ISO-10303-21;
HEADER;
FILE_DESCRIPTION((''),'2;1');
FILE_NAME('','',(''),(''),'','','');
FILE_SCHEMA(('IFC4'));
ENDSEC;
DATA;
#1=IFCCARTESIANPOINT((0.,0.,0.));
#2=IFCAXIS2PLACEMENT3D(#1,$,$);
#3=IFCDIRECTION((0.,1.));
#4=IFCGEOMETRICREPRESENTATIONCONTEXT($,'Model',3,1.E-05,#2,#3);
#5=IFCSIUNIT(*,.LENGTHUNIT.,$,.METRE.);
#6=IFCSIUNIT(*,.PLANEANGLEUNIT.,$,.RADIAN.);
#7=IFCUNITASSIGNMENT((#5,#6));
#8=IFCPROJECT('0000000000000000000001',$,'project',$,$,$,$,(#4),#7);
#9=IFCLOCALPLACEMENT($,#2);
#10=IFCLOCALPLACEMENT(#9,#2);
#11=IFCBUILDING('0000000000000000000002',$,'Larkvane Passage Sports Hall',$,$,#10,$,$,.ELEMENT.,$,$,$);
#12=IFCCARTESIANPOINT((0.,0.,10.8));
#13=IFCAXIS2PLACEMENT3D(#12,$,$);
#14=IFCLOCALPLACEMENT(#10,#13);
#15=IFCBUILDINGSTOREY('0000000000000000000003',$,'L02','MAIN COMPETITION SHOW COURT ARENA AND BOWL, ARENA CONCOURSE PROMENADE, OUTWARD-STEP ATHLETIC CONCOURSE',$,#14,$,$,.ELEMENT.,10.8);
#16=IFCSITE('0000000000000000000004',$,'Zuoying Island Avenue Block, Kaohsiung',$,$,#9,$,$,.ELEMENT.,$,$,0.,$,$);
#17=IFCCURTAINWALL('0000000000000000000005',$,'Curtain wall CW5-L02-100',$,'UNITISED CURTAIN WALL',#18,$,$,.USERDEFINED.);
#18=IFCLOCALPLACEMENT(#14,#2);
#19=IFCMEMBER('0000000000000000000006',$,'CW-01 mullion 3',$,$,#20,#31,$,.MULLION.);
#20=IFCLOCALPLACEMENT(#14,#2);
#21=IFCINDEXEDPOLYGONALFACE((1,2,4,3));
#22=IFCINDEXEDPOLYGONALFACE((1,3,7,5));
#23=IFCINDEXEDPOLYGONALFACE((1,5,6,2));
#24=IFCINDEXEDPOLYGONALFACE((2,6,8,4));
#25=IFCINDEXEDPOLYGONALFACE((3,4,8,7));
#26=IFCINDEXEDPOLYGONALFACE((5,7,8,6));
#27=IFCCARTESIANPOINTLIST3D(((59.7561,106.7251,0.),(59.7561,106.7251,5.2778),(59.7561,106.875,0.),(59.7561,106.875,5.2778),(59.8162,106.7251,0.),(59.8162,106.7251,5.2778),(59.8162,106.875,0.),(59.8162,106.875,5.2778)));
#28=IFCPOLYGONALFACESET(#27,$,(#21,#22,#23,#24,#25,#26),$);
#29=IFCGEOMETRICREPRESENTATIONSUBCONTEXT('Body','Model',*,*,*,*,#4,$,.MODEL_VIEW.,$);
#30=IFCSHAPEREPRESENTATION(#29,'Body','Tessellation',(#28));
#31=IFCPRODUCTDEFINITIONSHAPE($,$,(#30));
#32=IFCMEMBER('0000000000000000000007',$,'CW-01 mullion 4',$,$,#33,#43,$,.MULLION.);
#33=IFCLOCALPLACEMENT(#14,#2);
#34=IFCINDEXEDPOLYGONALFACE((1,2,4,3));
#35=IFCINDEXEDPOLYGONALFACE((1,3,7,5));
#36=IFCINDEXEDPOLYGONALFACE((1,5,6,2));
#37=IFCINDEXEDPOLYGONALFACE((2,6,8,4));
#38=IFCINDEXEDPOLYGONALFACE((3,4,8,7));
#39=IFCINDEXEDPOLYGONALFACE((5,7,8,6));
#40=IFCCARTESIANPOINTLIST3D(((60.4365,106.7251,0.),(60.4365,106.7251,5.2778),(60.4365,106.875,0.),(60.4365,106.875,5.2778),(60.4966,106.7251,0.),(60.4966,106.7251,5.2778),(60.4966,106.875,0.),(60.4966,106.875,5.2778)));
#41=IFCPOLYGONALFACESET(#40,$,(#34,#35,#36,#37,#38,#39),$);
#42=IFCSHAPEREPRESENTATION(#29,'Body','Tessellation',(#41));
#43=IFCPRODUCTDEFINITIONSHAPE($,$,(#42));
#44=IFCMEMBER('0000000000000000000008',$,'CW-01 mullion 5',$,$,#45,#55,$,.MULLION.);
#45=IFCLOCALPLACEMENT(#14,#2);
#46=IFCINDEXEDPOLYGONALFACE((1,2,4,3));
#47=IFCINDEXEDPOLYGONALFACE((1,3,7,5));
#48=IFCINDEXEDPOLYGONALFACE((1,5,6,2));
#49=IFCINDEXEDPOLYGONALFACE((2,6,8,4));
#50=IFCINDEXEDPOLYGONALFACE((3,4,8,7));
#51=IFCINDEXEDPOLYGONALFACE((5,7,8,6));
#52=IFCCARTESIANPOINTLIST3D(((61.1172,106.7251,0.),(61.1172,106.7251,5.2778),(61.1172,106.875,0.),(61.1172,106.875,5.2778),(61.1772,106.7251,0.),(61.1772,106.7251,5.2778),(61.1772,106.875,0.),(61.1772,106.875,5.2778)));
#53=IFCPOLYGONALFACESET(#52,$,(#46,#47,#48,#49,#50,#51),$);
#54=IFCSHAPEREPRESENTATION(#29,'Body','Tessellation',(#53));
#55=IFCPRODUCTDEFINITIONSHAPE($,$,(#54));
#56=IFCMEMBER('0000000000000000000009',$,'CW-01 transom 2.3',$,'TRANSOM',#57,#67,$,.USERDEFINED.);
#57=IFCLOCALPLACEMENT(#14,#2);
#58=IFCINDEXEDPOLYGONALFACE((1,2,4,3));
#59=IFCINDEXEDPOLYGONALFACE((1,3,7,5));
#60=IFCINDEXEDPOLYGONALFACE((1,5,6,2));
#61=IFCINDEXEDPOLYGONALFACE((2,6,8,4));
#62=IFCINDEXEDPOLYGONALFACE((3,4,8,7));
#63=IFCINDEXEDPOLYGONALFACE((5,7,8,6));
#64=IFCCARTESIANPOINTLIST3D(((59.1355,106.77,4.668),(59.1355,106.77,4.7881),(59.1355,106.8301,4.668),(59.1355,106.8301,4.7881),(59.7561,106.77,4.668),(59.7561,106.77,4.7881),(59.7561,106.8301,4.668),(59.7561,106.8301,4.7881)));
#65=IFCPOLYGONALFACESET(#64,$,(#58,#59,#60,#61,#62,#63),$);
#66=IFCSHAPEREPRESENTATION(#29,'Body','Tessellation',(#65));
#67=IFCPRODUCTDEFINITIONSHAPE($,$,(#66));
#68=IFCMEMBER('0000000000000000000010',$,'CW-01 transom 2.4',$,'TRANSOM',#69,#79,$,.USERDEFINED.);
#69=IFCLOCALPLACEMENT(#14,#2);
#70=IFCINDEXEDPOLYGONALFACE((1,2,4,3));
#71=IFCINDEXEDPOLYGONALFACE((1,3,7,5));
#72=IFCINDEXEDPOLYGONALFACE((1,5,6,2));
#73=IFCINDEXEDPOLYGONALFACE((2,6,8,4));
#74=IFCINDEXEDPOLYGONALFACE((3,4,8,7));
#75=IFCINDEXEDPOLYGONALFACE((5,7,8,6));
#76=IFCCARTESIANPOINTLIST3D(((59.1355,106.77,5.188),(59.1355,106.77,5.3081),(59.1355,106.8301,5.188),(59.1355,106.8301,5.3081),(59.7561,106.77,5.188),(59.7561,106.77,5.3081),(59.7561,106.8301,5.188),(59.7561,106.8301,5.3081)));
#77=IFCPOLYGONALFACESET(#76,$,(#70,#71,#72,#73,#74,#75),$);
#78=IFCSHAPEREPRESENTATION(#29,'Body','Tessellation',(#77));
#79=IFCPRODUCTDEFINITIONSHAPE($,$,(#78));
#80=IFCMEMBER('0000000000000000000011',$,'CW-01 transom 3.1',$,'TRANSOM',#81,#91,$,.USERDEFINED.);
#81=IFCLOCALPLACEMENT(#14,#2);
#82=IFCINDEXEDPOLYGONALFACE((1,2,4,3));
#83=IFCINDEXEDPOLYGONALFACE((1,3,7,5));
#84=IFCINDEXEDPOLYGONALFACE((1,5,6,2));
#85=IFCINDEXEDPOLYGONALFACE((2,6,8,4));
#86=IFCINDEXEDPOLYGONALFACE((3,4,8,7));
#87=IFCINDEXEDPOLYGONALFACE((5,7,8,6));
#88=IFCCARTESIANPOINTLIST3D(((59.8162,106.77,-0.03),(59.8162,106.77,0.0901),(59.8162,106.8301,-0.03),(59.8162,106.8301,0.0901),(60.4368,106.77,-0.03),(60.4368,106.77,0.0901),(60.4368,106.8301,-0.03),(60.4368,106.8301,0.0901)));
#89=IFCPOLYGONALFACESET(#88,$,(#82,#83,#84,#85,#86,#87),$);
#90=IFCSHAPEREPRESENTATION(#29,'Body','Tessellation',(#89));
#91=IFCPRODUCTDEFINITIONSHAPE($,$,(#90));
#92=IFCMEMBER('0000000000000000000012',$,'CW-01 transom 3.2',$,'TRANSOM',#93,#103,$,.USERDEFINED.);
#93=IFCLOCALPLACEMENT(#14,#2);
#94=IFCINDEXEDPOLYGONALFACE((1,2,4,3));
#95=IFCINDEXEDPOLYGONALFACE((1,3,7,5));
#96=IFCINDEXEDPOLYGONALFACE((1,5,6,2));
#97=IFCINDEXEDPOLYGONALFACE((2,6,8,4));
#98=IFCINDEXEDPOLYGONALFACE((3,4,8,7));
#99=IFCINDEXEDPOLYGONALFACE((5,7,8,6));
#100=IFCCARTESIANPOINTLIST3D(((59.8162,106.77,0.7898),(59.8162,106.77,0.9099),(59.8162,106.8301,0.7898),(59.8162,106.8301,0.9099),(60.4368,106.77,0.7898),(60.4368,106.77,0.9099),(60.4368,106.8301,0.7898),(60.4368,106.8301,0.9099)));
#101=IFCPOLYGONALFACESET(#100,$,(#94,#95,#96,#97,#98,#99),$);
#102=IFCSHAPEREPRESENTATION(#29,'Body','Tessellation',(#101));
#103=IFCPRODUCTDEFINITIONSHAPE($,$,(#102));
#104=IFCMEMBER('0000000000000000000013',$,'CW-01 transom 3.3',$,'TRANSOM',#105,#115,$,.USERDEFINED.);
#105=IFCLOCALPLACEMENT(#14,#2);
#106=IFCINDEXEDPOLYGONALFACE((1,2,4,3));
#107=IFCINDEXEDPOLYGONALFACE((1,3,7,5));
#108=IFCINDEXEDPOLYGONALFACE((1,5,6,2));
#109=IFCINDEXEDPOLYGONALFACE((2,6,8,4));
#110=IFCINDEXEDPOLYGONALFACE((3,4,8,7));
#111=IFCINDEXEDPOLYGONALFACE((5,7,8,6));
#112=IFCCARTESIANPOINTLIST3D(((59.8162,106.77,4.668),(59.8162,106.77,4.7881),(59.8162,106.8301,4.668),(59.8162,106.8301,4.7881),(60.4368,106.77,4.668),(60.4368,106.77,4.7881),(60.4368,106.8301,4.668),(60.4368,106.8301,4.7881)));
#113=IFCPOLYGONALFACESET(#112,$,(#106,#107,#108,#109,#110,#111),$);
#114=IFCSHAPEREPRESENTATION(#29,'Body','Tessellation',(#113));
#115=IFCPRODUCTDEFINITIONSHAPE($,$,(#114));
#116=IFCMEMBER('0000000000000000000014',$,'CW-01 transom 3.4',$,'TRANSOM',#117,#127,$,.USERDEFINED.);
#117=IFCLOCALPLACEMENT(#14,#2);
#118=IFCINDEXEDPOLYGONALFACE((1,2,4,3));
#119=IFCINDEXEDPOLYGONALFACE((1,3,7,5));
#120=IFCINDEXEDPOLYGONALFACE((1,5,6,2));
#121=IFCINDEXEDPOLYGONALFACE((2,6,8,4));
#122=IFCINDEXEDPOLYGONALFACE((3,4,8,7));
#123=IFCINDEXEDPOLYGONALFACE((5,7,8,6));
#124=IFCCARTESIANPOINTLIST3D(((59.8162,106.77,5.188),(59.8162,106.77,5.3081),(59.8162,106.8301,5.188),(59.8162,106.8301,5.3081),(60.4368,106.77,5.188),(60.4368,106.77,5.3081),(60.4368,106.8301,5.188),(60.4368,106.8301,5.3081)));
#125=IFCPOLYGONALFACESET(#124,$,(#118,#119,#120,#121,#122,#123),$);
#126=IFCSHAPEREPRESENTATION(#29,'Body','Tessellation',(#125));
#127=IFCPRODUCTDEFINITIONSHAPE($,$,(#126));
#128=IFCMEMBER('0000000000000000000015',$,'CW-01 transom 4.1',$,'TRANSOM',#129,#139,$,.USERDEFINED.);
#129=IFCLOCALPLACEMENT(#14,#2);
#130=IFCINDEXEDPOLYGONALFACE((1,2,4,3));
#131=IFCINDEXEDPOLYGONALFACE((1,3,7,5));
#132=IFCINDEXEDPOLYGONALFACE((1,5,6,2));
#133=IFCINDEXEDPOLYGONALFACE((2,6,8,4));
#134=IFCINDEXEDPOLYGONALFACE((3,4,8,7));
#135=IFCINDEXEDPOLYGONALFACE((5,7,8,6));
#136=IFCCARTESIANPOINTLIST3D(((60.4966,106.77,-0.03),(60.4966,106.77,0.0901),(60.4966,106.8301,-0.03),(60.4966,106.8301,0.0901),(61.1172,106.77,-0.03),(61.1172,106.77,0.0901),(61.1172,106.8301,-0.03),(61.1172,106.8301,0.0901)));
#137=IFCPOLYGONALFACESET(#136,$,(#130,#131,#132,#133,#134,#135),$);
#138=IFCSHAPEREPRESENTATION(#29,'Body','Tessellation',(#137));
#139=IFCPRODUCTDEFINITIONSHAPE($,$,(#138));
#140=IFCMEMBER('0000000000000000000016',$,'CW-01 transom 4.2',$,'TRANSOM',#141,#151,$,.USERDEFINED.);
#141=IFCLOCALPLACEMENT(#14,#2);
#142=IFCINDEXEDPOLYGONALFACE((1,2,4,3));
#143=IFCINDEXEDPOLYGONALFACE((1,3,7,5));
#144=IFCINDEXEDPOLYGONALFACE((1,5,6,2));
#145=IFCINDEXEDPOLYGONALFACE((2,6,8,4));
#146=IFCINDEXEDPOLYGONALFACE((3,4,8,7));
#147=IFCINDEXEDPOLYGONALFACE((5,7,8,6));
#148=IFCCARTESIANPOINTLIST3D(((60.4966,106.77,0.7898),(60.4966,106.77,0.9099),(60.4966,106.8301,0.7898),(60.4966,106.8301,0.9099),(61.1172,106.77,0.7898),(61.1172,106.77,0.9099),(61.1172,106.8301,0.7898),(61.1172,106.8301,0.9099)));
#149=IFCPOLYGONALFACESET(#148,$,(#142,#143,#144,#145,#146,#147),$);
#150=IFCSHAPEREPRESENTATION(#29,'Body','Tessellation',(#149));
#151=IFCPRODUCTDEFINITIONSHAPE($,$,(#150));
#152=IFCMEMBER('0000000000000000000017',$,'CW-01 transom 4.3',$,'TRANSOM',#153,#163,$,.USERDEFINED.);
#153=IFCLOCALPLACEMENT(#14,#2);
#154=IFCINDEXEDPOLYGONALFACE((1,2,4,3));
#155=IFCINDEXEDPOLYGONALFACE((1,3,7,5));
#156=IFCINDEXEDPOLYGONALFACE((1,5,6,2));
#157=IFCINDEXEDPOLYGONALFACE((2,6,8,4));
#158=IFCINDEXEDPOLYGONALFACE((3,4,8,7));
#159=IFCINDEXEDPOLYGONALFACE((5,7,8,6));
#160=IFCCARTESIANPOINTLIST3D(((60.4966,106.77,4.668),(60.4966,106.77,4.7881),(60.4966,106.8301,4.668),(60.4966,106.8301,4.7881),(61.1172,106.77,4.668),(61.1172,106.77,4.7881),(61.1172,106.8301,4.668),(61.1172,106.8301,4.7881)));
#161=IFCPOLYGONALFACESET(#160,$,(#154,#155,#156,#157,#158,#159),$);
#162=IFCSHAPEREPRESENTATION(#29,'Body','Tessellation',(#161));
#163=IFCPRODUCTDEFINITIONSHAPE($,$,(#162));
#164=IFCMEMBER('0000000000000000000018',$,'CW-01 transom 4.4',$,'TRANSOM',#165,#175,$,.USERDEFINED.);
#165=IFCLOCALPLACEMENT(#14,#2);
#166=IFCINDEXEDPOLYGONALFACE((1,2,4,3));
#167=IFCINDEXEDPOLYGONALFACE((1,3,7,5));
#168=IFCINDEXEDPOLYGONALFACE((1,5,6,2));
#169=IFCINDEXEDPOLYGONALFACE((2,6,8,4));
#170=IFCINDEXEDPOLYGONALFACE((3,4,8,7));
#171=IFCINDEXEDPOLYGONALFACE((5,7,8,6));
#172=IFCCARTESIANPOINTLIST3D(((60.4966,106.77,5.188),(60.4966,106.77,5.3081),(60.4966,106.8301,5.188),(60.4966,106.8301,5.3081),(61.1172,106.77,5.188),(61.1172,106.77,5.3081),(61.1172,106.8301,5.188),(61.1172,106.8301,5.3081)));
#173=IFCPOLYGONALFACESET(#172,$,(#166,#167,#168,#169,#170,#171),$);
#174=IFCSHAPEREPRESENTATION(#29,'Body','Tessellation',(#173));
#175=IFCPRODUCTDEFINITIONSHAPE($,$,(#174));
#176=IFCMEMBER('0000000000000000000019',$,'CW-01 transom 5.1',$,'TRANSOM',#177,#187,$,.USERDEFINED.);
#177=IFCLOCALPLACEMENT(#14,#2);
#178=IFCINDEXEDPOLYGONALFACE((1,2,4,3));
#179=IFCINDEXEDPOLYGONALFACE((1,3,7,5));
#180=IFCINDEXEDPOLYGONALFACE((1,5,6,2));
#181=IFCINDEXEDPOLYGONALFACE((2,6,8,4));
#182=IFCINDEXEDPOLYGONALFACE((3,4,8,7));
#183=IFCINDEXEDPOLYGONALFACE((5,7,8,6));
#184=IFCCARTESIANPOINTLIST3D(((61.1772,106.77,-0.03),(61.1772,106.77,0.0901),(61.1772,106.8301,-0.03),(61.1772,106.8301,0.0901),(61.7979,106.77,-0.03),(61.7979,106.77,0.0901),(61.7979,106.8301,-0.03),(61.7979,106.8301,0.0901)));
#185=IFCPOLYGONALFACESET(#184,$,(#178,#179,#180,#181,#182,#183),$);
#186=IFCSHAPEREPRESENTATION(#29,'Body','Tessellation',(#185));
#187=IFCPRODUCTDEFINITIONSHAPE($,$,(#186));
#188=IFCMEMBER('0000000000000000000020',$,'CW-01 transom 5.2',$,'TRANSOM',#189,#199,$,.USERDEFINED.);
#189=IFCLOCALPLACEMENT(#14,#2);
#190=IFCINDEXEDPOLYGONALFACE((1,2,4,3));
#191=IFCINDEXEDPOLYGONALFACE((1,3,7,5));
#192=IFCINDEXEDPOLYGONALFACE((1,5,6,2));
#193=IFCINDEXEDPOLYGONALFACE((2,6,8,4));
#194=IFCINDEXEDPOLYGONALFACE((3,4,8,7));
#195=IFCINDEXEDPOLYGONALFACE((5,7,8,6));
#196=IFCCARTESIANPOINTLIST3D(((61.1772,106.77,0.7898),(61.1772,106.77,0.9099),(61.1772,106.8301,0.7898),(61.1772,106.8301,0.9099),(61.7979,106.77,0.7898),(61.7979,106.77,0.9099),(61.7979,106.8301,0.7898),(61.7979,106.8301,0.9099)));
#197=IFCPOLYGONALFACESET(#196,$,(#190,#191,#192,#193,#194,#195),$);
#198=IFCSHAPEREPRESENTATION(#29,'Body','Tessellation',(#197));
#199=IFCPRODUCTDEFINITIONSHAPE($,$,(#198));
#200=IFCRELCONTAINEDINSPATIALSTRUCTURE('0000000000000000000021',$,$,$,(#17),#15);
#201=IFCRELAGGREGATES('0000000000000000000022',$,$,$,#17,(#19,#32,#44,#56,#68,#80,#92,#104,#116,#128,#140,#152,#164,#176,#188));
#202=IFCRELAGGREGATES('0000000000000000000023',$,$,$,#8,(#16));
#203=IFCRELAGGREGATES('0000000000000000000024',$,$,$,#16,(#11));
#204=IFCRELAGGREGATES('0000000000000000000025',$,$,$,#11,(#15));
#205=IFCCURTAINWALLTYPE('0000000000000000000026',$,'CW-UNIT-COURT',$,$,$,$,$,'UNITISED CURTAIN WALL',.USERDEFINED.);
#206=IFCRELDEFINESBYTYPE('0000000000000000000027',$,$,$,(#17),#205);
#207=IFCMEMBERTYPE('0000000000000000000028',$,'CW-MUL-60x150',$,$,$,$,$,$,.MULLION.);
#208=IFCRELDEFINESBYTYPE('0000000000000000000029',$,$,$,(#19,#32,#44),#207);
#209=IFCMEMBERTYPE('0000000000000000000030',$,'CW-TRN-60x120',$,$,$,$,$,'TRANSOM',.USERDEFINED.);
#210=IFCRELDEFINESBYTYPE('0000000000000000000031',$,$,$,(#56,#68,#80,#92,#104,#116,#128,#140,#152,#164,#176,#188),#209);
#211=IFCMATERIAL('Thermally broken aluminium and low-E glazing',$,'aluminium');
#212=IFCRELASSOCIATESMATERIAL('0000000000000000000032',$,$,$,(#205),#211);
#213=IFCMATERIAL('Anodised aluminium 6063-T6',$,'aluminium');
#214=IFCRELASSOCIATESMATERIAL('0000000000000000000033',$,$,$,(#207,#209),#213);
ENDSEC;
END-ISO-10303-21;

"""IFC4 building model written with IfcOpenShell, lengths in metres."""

from ifc_helpers import new_model, si_unit, direction, frame, origin, origin_2d, place, context, subcontext, project, spatial, rectangle, extrude, material, material_profile, profile_set, type_object, element, aggregate, save


model = new_model("IFC4")

# Units and contexts
model_context = context("Model", 3, precision=1e-05, world=origin(), true_north=direction((0.0, 1.0)))
body_context = subcontext(model_context, "Body", "Model", "MODEL_VIEW")
ifc_project = project(units=[si_unit("LENGTHUNIT", "METRE"), si_unit("PLANEANGLEUNIT", "RADIAN")], contexts=[model_context])

# Site, building, storey
site_placement = place(None, origin())
site = spatial("IfcSite", under=ifc_project, at=site_placement, Name="Zuoying Island Avenue Block, Kaohsiung", CompositionType="ELEMENT", RefElevation=0.0)
building_placement = place(site_placement, origin())
building = spatial("IfcBuilding", under=site, at=building_placement, Name="Larkvane Passage Sports Hall", CompositionType="ELEMENT")
storey_placement = place(building_placement, frame((0.0, 0.0, 10.8)))
storey = spatial("IfcBuildingStorey", under=building, at=storey_placement, Name="L02", Description="MAIN COMPETITION SHOW COURT ARENA AND BOWL, ARENA CONCOURSE PROMENADE, OUTWARD-STEP ATHLETIC CONCOURSE", CompositionType="ELEMENT", Elevation=10.8)

# Curtain wall, members
ifc_material_1 = material(Name="Thermally broken aluminium and low-E glazing", Category="aluminium")
curtain_wall_type = type_object("IfcCurtainWallType", Name="CW-UNIT-COURT", ElementType="UNITISED CURTAIN WALL", PredefinedType="USERDEFINED", material=ifc_material_1)
curtain_wall_placement = place(storey_placement, origin())
curtain_wall = element("IfcCurtainWall", 1, at=curtain_wall_placement, inside=storey, type_object=curtain_wall_type, Name="Curtain wall CW5-L02-100", ObjectType="UNITISED CURTAIN WALL", PredefinedType="USERDEFINED")
ifc_material_2 = material(Name="Anodised aluminium 6063-T6", Category="aluminium")
ifc_material_profile_1 = material_profile(ifc_material_2, rectangle(XDim=0.0601, YDim=0.1499, at=origin_2d()), Name="ALU-MUL-60x150")
ifc_profile_set_1 = profile_set([ifc_material_profile_1], Name="Anodised aluminium 6063-T6")
member_type_1 = type_object("IfcMemberType", Name="CW-MUL-60x150", PredefinedType="MULLION", material=ifc_profile_set_1)
member_1_placement = place(storey_placement, frame((59.7861, 106.8, 0.0), z_axis=(0.0, 0.0, 1.0), x_axis=(1.0, 0.0, 0.0)))
member_1 = element("IfcMember", 2, at=member_1_placement, type_object=member_type_1, Name="CW-01 mullion 3", PredefinedType="MULLION", context=body_context, shape_type="SweptSolid", body=[
    extrude(rectangle(XDim=0.0601, YDim=0.1499, at=origin_2d()), origin(), (0.0, 0.0, 1.0), 5.2778),
])
member_2_placement = place(storey_placement, frame((60.4666, 106.8, 0.0), z_axis=(0.0, 0.0, 1.0), x_axis=(1.0, 0.0, 0.0)))
member_2 = element("IfcMember", 3, at=member_2_placement, type_object=member_type_1, Name="CW-01 mullion 4", PredefinedType="MULLION", context=body_context, shape_type="SweptSolid", body=[
    extrude(rectangle(XDim=0.0601, YDim=0.1499, at=origin_2d()), origin(), (0.0, 0.0, 1.0), 5.2778),
])
member_3_placement = place(storey_placement, frame((61.1472, 106.8, 0.0), z_axis=(0.0, 0.0, 1.0), x_axis=(1.0, 0.0, 0.0)))
member_3 = element("IfcMember", 4, at=member_3_placement, type_object=member_type_1, Name="CW-01 mullion 5", PredefinedType="MULLION", context=body_context, shape_type="SweptSolid", body=[
    extrude(rectangle(XDim=0.0601, YDim=0.1499, at=origin_2d()), origin(), (0.0, 0.0, 1.0), 5.2778),
])
ifc_material_profile_2 = material_profile(ifc_material_2, rectangle(XDim=0.0601, YDim=0.1201, at=origin_2d()), Name="ALU-TRN-60x120")
ifc_profile_set_2 = profile_set([ifc_material_profile_2], Name="Anodised aluminium 6063-T6")
member_type_2 = type_object("IfcMemberType", Name="CW-TRN-60x120", ElementType="TRANSOM", PredefinedType="USERDEFINED", material=ifc_profile_set_2)
member_4_placement = place(storey_placement, frame((59.1355, 106.8, 4.728), z_axis=(1.0, 0.0, 0.0), x_axis=(0.0, 1.0, 0.0)))
member_4 = element("IfcMember", 5, at=member_4_placement, type_object=member_type_2, Name="CW-01 transom 2.3", ObjectType="TRANSOM", PredefinedType="USERDEFINED", context=body_context, shape_type="SweptSolid", body=[
    extrude(rectangle(XDim=0.0601, YDim=0.1201, at=origin_2d()), origin(), (0.0, 0.0, 1.0), 0.6206),
])
member_5_placement = place(storey_placement, frame((59.1355, 106.8, 5.248), z_axis=(1.0, 0.0, 0.0), x_axis=(0.0, 1.0, 0.0)))
member_5 = element("IfcMember", 6, at=member_5_placement, type_object=member_type_2, Name="CW-01 transom 2.4", ObjectType="TRANSOM", PredefinedType="USERDEFINED", context=body_context, shape_type="SweptSolid", body=[
    extrude(rectangle(XDim=0.0601, YDim=0.1201, at=origin_2d()), origin(), (0.0, 0.0, 1.0), 0.6206),
])
member_6_placement = place(storey_placement, frame((59.8162, 106.8, 0.03), z_axis=(1.0, 0.0, 0.0), x_axis=(0.0, 1.0, 0.0)))
member_6 = element("IfcMember", 7, at=member_6_placement, type_object=member_type_2, Name="CW-01 transom 3.1", ObjectType="TRANSOM", PredefinedType="USERDEFINED", context=body_context, shape_type="SweptSolid", body=[
    extrude(rectangle(XDim=0.0601, YDim=0.1201, at=origin_2d()), origin(), (0.0, 0.0, 1.0), 0.6206),
])
member_7_placement = place(storey_placement, frame((59.8162, 106.8, 0.8499), z_axis=(1.0, 0.0, 0.0), x_axis=(0.0, 1.0, 0.0)))
member_7 = element("IfcMember", 8, at=member_7_placement, type_object=member_type_2, Name="CW-01 transom 3.2", ObjectType="TRANSOM", PredefinedType="USERDEFINED", context=body_context, shape_type="SweptSolid", body=[
    extrude(rectangle(XDim=0.0601, YDim=0.1201, at=origin_2d()), origin(), (0.0, 0.0, 1.0), 0.6206),
])
member_8_placement = place(storey_placement, frame((59.8162, 106.8, 4.728), z_axis=(1.0, 0.0, 0.0), x_axis=(0.0, 1.0, 0.0)))
member_8 = element("IfcMember", 9, at=member_8_placement, type_object=member_type_2, Name="CW-01 transom 3.3", ObjectType="TRANSOM", PredefinedType="USERDEFINED", context=body_context, shape_type="SweptSolid", body=[
    extrude(rectangle(XDim=0.0601, YDim=0.1201, at=origin_2d()), origin(), (0.0, 0.0, 1.0), 0.6206),
])
member_9_placement = place(storey_placement, frame((59.8162, 106.8, 5.248), z_axis=(1.0, 0.0, 0.0), x_axis=(0.0, 1.0, 0.0)))
member_9 = element("IfcMember", 10, at=member_9_placement, type_object=member_type_2, Name="CW-01 transom 3.4", ObjectType="TRANSOM", PredefinedType="USERDEFINED", context=body_context, shape_type="SweptSolid", body=[
    extrude(rectangle(XDim=0.0601, YDim=0.1201, at=origin_2d()), origin(), (0.0, 0.0, 1.0), 0.6206),
])
member_10_placement = place(storey_placement, frame((60.4966, 106.8, 0.03), z_axis=(1.0, 0.0, 0.0), x_axis=(0.0, 1.0, 0.0)))
member_10 = element("IfcMember", 11, at=member_10_placement, type_object=member_type_2, Name="CW-01 transom 4.1", ObjectType="TRANSOM", PredefinedType="USERDEFINED", context=body_context, shape_type="SweptSolid", body=[
    extrude(rectangle(XDim=0.0601, YDim=0.1201, at=origin_2d()), origin(), (0.0, 0.0, 1.0), 0.6206),
])
member_11_placement = place(storey_placement, frame((60.4966, 106.8, 0.8499), z_axis=(1.0, 0.0, 0.0), x_axis=(0.0, 1.0, 0.0)))
member_11 = element("IfcMember", 12, at=member_11_placement, type_object=member_type_2, Name="CW-01 transom 4.2", ObjectType="TRANSOM", PredefinedType="USERDEFINED", context=body_context, shape_type="SweptSolid", body=[
    extrude(rectangle(XDim=0.0601, YDim=0.1201, at=origin_2d()), origin(), (0.0, 0.0, 1.0), 0.6206),
])
member_12_placement = place(storey_placement, frame((60.4966, 106.8, 4.728), z_axis=(1.0, 0.0, 0.0), x_axis=(0.0, 1.0, 0.0)))
member_12 = element("IfcMember", 13, at=member_12_placement, type_object=member_type_2, Name="CW-01 transom 4.3", ObjectType="TRANSOM", PredefinedType="USERDEFINED", context=body_context, shape_type="SweptSolid", body=[
    extrude(rectangle(XDim=0.0601, YDim=0.1201, at=origin_2d()), origin(), (0.0, 0.0, 1.0), 0.6206),
])
member_13_placement = place(storey_placement, frame((60.4966, 106.8, 5.248), z_axis=(1.0, 0.0, 0.0), x_axis=(0.0, 1.0, 0.0)))
member_13 = element("IfcMember", 14, at=member_13_placement, type_object=member_type_2, Name="CW-01 transom 4.4", ObjectType="TRANSOM", PredefinedType="USERDEFINED", context=body_context, shape_type="SweptSolid", body=[
    extrude(rectangle(XDim=0.0601, YDim=0.1201, at=origin_2d()), origin(), (0.0, 0.0, 1.0), 0.6206),
])
member_14_placement = place(storey_placement, frame((61.1772, 106.8, 0.03), z_axis=(1.0, 0.0, 0.0), x_axis=(0.0, 1.0, 0.0)))
member_14 = element("IfcMember", 15, at=member_14_placement, type_object=member_type_2, Name="CW-01 transom 5.1", ObjectType="TRANSOM", PredefinedType="USERDEFINED", context=body_context, shape_type="SweptSolid", body=[
    extrude(rectangle(XDim=0.0601, YDim=0.1201, at=origin_2d()), origin(), (0.0, 0.0, 1.0), 0.6206),
])
member_15_placement = place(storey_placement, frame((61.1772, 106.8, 0.8499), z_axis=(1.0, 0.0, 0.0), x_axis=(0.0, 1.0, 0.0)))
member_15 = element("IfcMember", 16, at=member_15_placement, type_object=member_type_2, Name="CW-01 transom 5.2", ObjectType="TRANSOM", PredefinedType="USERDEFINED", context=body_context, shape_type="SweptSolid", body=[
    extrude(rectangle(XDim=0.0601, YDim=0.1201, at=origin_2d()), origin(), (0.0, 0.0, 1.0), 0.6206),
])
aggregate(curtain_wall, [member_1, member_2, member_3, member_4, member_5, member_6, member_7, member_8, member_9, member_10, member_11, member_12, member_13, member_14, member_15])

save(model, "model.ifc")
